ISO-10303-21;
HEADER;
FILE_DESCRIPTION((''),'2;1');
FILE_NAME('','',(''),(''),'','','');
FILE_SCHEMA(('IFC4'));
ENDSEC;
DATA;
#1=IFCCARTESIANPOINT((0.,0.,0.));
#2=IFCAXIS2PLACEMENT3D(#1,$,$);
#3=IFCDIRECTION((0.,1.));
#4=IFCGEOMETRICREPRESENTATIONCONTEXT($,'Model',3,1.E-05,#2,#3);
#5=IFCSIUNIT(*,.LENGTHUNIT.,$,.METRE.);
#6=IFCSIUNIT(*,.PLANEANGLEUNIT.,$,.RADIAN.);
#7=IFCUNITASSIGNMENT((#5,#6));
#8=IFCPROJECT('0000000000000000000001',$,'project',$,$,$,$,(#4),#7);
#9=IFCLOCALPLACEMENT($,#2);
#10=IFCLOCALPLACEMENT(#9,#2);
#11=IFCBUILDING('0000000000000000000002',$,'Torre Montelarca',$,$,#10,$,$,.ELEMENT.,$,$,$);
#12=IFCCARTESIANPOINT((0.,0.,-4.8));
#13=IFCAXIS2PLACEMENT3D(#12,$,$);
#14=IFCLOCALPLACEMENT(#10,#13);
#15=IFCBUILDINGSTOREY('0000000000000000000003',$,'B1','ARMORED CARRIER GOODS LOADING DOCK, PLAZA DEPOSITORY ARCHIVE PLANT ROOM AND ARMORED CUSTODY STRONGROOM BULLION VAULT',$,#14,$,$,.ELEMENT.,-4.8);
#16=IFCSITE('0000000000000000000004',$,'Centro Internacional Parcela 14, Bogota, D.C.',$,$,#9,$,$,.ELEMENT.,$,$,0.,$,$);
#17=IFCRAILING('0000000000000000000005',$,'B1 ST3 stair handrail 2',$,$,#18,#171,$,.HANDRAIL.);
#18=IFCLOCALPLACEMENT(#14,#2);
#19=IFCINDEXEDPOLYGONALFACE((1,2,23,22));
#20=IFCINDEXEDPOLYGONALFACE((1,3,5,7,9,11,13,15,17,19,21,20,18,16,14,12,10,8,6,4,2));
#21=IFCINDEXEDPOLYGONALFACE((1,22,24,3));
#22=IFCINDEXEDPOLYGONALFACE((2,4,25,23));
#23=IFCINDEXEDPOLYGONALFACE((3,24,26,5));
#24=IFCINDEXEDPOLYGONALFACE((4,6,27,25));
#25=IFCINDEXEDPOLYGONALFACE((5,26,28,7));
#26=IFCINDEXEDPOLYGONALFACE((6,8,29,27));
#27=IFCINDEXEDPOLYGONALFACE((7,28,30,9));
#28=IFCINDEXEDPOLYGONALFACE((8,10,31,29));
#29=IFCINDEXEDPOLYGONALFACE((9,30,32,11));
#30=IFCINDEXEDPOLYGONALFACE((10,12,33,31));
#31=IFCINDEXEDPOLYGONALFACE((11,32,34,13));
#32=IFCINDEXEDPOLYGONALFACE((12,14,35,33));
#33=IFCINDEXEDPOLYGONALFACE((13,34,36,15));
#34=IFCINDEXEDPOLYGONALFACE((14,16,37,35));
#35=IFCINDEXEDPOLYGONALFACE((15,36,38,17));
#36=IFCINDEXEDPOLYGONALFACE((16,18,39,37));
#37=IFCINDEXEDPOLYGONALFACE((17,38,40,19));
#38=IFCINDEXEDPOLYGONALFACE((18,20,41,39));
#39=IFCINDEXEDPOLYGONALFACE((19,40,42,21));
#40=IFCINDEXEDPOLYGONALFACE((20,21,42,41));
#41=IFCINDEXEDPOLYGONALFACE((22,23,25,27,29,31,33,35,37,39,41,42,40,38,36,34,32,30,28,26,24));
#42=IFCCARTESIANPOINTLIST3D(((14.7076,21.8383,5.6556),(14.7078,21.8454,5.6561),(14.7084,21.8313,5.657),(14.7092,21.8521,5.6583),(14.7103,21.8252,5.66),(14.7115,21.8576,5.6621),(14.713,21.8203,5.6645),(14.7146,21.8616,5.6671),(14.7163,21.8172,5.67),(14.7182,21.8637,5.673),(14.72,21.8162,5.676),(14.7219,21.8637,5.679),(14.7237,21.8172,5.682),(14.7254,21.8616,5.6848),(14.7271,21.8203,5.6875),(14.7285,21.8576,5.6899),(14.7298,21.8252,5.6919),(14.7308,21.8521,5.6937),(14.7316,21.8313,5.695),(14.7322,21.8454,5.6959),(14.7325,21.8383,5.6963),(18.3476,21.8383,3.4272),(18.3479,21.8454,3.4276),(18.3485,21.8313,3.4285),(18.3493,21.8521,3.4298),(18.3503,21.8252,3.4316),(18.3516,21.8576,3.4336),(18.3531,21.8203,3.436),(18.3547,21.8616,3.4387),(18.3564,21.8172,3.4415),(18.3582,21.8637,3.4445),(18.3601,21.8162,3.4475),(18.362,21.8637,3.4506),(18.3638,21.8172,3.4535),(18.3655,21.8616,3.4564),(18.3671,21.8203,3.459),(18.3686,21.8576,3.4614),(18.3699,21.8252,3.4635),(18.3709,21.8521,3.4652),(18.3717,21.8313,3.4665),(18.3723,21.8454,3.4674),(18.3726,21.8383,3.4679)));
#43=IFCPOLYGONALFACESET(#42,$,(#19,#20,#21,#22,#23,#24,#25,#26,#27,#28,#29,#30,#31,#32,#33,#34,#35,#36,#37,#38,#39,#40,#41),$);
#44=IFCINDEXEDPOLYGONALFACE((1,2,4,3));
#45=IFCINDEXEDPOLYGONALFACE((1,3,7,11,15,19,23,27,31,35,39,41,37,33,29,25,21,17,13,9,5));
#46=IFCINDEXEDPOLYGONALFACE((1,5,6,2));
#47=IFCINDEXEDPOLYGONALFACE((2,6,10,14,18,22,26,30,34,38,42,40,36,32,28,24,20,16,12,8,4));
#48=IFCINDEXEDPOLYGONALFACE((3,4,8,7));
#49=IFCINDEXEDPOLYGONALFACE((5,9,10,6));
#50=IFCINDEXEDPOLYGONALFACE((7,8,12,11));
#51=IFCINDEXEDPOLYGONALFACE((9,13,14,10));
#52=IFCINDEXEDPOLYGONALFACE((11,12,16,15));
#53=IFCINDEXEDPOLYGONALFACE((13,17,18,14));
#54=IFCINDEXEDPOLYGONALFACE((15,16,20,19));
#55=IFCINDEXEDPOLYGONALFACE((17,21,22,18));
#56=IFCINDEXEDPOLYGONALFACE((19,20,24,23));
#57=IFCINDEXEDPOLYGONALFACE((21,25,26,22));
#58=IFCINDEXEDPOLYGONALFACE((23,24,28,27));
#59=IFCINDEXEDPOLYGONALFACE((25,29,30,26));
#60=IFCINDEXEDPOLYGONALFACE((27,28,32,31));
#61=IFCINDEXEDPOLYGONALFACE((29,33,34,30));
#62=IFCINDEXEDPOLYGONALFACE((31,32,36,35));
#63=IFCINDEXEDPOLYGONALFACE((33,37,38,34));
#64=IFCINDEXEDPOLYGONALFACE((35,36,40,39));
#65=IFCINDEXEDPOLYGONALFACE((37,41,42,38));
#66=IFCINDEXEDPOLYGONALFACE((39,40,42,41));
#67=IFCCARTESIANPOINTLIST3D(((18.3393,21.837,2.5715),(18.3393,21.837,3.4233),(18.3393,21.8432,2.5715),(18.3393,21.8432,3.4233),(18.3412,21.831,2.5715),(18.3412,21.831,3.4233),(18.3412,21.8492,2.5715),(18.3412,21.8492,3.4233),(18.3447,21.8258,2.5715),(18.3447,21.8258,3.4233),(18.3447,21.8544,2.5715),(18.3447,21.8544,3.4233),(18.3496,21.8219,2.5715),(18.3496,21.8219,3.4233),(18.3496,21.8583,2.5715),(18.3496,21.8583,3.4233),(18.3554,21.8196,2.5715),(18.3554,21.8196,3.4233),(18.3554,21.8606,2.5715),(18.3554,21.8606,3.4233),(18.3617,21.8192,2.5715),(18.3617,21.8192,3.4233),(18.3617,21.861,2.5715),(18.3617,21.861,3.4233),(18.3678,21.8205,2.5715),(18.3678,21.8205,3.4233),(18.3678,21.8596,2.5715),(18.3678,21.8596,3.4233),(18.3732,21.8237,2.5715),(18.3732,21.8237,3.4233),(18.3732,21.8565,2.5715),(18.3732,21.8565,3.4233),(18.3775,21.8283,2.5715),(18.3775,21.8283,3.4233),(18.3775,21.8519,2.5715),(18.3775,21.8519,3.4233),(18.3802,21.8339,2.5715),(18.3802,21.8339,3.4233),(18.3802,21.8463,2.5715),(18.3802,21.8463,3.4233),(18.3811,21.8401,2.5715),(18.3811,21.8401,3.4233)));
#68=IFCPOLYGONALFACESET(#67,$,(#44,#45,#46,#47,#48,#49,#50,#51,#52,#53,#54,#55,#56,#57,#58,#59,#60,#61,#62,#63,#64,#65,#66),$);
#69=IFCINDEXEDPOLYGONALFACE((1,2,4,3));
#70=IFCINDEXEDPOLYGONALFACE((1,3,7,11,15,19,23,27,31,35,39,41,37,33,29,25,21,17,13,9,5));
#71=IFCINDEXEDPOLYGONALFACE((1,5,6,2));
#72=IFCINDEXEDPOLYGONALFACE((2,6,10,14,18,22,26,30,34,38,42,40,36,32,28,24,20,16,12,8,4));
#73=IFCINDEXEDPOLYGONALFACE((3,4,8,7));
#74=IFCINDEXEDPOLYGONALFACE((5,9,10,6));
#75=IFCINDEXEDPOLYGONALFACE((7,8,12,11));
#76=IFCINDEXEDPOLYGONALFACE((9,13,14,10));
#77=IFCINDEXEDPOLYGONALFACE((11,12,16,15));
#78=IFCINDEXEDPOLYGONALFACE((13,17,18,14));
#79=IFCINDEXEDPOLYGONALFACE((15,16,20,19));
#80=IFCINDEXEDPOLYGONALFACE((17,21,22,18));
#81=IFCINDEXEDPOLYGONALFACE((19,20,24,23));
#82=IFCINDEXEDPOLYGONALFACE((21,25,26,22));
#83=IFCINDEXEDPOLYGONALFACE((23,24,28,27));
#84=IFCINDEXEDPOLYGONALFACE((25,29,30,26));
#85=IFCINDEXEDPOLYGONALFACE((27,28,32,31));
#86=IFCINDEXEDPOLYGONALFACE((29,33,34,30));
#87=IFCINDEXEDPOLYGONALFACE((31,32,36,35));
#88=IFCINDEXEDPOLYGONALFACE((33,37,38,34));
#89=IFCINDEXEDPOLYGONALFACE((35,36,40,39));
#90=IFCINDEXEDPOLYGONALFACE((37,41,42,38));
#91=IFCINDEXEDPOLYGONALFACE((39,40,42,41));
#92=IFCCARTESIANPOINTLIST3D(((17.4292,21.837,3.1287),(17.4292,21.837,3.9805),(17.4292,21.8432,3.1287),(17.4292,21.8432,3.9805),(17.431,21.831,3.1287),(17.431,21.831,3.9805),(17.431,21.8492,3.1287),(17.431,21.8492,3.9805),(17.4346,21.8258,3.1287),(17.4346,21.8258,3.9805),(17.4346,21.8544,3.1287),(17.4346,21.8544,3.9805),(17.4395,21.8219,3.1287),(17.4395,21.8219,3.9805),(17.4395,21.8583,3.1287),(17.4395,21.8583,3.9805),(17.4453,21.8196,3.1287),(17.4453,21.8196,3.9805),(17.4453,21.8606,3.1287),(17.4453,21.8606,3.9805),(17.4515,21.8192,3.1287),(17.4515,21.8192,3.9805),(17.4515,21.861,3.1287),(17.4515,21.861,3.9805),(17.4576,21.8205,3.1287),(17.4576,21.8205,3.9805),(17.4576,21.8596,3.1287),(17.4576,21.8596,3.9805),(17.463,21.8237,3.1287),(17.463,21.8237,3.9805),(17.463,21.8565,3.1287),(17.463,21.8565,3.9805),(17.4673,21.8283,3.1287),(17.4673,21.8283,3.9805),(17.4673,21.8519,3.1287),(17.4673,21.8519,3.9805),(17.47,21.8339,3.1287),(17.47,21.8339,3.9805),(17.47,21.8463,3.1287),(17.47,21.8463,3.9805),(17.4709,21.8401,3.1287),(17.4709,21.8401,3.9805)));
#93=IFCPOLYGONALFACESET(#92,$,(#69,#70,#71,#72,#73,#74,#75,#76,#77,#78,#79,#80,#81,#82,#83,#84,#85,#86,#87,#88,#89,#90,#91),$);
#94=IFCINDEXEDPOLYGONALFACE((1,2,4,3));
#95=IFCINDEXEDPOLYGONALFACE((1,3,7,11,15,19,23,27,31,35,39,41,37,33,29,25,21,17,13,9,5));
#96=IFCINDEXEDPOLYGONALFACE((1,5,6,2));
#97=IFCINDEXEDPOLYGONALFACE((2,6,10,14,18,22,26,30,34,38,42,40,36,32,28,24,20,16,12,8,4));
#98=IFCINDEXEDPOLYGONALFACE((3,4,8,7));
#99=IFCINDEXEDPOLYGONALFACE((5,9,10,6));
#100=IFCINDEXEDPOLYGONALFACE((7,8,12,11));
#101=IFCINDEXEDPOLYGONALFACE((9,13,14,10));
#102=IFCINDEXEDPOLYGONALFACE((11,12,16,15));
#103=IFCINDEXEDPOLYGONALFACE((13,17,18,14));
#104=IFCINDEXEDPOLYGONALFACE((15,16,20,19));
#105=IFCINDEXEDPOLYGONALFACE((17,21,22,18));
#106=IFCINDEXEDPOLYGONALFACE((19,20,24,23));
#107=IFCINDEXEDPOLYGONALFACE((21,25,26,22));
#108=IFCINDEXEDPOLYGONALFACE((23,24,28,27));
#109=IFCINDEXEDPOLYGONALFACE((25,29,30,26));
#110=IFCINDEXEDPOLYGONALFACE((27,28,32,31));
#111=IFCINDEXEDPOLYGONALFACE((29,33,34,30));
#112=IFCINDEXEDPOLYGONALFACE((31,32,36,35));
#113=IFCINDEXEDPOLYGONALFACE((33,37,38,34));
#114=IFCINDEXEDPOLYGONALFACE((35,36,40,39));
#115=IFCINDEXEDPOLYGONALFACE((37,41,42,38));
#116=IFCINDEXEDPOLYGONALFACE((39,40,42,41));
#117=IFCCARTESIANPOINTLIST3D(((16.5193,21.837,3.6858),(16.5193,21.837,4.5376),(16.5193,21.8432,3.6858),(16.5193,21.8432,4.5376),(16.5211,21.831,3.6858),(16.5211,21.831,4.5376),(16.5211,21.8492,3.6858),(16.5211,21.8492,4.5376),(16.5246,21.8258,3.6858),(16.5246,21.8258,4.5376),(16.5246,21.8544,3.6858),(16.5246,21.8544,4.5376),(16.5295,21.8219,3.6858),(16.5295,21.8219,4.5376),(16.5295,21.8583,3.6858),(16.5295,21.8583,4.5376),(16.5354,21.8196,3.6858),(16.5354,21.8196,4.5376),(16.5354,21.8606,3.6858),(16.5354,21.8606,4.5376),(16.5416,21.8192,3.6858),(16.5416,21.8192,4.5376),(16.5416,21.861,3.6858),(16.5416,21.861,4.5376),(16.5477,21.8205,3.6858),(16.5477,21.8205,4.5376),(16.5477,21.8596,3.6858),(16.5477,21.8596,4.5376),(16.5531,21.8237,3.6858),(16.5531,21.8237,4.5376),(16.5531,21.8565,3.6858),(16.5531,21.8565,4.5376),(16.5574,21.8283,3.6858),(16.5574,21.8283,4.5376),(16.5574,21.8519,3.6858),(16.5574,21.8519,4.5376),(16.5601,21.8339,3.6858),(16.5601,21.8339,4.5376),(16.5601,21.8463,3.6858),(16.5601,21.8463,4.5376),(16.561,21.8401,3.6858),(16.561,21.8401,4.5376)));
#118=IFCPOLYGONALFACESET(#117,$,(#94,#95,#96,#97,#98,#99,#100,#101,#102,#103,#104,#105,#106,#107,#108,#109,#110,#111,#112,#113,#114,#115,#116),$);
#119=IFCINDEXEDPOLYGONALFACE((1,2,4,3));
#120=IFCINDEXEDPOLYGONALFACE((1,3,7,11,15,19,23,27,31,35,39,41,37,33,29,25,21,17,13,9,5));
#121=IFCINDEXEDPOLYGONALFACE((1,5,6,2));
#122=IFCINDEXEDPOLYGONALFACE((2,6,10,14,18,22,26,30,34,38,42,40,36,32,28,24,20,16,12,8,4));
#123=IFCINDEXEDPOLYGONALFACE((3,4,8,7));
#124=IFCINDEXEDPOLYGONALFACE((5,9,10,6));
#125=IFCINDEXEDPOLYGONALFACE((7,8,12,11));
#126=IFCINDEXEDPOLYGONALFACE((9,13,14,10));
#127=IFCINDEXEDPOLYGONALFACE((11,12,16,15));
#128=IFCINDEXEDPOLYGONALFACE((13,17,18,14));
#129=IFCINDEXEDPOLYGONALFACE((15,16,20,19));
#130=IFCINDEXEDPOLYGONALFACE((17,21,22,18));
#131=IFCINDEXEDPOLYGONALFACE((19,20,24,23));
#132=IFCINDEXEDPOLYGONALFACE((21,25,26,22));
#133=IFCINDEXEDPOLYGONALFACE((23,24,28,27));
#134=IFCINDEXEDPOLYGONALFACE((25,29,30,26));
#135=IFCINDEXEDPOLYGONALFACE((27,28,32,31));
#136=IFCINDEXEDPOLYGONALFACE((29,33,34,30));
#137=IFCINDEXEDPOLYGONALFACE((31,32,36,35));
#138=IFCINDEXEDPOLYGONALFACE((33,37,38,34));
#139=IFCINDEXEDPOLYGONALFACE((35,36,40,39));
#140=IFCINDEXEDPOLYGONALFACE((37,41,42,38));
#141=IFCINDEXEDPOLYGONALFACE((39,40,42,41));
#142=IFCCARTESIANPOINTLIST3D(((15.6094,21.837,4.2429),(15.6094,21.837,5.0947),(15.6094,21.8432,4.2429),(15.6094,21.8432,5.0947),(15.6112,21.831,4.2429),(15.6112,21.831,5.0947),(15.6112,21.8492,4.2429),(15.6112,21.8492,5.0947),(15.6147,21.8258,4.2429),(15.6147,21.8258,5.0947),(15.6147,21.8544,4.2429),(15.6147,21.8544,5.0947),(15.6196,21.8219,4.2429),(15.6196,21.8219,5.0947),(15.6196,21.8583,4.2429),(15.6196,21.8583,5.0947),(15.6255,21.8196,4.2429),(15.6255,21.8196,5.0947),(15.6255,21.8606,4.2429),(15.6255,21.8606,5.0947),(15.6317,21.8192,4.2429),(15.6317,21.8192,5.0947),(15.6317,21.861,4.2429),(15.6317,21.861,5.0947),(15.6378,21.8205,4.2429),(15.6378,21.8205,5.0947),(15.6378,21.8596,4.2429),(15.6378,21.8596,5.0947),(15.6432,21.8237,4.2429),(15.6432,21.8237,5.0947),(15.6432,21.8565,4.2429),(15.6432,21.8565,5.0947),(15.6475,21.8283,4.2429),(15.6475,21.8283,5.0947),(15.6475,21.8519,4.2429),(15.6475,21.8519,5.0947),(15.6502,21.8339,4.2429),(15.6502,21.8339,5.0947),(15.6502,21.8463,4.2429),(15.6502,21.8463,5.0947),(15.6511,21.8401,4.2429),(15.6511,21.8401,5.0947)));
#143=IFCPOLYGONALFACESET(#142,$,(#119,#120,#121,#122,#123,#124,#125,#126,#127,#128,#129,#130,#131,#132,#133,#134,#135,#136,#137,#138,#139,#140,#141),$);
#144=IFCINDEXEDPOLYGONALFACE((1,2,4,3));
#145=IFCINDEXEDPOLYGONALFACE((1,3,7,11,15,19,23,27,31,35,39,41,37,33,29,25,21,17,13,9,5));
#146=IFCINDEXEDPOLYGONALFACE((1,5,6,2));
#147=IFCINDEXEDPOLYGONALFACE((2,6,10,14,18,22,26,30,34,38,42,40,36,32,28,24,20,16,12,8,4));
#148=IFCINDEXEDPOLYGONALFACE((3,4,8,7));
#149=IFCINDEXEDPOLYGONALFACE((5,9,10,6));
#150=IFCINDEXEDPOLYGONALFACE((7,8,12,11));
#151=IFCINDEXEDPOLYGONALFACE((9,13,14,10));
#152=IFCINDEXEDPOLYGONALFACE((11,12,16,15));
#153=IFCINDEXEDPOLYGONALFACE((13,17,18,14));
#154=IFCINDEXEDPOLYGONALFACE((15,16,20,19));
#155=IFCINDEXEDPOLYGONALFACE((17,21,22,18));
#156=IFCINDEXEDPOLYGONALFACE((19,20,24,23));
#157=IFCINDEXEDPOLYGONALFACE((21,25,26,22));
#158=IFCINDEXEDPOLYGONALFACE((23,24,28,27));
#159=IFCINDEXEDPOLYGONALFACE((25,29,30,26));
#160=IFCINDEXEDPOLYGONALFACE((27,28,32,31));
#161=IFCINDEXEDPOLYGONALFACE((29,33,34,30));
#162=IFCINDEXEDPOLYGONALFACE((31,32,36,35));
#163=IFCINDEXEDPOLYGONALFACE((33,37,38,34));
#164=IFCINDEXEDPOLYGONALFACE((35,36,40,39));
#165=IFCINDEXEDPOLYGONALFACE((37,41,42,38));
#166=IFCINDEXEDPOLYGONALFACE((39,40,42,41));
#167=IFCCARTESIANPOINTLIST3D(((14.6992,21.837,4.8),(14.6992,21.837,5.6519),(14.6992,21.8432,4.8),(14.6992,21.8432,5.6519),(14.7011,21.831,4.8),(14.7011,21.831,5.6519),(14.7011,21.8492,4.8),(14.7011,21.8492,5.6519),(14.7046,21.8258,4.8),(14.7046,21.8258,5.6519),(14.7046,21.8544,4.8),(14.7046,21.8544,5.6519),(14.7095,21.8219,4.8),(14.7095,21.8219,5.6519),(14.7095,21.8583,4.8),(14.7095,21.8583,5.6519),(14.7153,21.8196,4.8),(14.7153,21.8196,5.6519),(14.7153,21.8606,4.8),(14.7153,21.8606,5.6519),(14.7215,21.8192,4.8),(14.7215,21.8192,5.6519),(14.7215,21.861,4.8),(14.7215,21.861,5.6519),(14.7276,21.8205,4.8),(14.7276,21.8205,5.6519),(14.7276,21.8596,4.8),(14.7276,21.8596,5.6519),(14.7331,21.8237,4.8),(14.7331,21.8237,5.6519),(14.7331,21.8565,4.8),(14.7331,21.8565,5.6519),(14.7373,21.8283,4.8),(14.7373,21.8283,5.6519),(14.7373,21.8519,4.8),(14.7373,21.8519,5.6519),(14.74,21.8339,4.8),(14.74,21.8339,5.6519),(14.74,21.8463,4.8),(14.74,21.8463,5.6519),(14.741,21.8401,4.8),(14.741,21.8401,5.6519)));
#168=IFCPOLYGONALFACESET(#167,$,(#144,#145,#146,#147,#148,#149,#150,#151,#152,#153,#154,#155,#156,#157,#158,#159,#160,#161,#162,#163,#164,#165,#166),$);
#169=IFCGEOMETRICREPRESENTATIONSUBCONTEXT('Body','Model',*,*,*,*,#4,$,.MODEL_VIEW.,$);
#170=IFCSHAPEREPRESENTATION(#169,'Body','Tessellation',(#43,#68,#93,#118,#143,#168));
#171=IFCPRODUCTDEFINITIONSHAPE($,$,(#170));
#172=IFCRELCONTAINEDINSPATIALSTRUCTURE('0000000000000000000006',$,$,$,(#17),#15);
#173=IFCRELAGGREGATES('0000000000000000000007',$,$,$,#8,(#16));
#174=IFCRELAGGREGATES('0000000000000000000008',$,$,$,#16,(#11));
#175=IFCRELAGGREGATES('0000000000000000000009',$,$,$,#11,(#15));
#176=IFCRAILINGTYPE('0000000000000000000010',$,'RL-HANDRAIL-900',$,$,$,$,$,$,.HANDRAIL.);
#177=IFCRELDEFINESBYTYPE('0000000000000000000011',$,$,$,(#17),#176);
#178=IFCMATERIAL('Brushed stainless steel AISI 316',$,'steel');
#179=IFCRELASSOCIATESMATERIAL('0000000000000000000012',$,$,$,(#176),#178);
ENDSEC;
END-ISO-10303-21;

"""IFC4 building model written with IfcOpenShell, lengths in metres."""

from ifc_helpers import new_model, si_unit, direction, frame, origin, origin_2d, place, context, subcontext, project, spatial, circle, extrude, material, type_object, element, save


model = new_model("IFC4")

# Units and contexts
model_context = context("Model", 3, precision=1e-05, world=origin(), true_north=direction((0.0, 1.0)))
body_context = subcontext(model_context, "Body", "Model", "MODEL_VIEW")
ifc_project = project(units=[si_unit("LENGTHUNIT", "METRE"), si_unit("PLANEANGLEUNIT", "RADIAN")], contexts=[model_context])

# Site, building, storey
site_placement = place(None, origin())
site = spatial("IfcSite", under=ifc_project, at=site_placement, Name="Centro Internacional Parcela 14, Bogota, D.C.", CompositionType="ELEMENT", RefElevation=0.0)
building_placement = place(site_placement, origin())
building = spatial("IfcBuilding", under=site, at=building_placement, Name="Torre Montelarca", CompositionType="ELEMENT")
storey_placement = place(building_placement, frame((0.0, 0.0, -4.8)))
storey = spatial("IfcBuildingStorey", under=building, at=storey_placement, Name="B1", Description="ARMORED CARRIER GOODS LOADING DOCK, PLAZA DEPOSITORY ARCHIVE PLANT ROOM AND ARMORED CUSTODY STRONGROOM BULLION VAULT", CompositionType="ELEMENT", Elevation=-4.8)

# Railing
ifc_material_1 = material(Name="Brushed stainless steel AISI 316", Category="steel")
railing_type_1 = type_object("IfcRailingType", Name="RL-HANDRAIL-900", PredefinedType="HANDRAIL", material=ifc_material_1)
railing_1_placement = place(storey_placement, frame((18.3601, 21.8401, 2.5715)))
element("IfcRailing", 1, at=railing_1_placement, inside=storey, type_object=railing_type_1, Name="B1 ST3 stair handrail 2", PredefinedType="HANDRAIL", context=body_context, shape_type="SweptSolid", body=[
    extrude(circle(Radius=0.0239, at=origin_2d()), frame((0.0, 0.0, 0.876), z_axis=(-0.852866, 0.0, 0.52213), x_axis=(0.0, -1.0, 0.0)), (0.0, 0.0, 1.0), 4.2681),
    extrude(circle(Radius=0.021, at=origin_2d()), origin(), (0.0, 0.0, 1.0), 0.8518),
    extrude(circle(Radius=0.021, at=origin_2d()), frame((-0.9102, 0.0, 0.5571)), (0.0, 0.0, 1.0), 0.8518),
    extrude(circle(Radius=0.021, at=origin_2d()), frame((-1.8201, 0.0, 1.1143)), (0.0, 0.0, 1.0), 0.8518),
    extrude(circle(Radius=0.021, at=origin_2d()), frame((-2.73, 0.0, 1.6714)), (0.0, 0.0, 1.0), 0.8518),
    extrude(circle(Radius=0.021, at=origin_2d()), frame((-3.6401, 0.0, 2.2285)), (0.0, 0.0, 1.0), 0.8518),
])

save(model, "model.ifc")
